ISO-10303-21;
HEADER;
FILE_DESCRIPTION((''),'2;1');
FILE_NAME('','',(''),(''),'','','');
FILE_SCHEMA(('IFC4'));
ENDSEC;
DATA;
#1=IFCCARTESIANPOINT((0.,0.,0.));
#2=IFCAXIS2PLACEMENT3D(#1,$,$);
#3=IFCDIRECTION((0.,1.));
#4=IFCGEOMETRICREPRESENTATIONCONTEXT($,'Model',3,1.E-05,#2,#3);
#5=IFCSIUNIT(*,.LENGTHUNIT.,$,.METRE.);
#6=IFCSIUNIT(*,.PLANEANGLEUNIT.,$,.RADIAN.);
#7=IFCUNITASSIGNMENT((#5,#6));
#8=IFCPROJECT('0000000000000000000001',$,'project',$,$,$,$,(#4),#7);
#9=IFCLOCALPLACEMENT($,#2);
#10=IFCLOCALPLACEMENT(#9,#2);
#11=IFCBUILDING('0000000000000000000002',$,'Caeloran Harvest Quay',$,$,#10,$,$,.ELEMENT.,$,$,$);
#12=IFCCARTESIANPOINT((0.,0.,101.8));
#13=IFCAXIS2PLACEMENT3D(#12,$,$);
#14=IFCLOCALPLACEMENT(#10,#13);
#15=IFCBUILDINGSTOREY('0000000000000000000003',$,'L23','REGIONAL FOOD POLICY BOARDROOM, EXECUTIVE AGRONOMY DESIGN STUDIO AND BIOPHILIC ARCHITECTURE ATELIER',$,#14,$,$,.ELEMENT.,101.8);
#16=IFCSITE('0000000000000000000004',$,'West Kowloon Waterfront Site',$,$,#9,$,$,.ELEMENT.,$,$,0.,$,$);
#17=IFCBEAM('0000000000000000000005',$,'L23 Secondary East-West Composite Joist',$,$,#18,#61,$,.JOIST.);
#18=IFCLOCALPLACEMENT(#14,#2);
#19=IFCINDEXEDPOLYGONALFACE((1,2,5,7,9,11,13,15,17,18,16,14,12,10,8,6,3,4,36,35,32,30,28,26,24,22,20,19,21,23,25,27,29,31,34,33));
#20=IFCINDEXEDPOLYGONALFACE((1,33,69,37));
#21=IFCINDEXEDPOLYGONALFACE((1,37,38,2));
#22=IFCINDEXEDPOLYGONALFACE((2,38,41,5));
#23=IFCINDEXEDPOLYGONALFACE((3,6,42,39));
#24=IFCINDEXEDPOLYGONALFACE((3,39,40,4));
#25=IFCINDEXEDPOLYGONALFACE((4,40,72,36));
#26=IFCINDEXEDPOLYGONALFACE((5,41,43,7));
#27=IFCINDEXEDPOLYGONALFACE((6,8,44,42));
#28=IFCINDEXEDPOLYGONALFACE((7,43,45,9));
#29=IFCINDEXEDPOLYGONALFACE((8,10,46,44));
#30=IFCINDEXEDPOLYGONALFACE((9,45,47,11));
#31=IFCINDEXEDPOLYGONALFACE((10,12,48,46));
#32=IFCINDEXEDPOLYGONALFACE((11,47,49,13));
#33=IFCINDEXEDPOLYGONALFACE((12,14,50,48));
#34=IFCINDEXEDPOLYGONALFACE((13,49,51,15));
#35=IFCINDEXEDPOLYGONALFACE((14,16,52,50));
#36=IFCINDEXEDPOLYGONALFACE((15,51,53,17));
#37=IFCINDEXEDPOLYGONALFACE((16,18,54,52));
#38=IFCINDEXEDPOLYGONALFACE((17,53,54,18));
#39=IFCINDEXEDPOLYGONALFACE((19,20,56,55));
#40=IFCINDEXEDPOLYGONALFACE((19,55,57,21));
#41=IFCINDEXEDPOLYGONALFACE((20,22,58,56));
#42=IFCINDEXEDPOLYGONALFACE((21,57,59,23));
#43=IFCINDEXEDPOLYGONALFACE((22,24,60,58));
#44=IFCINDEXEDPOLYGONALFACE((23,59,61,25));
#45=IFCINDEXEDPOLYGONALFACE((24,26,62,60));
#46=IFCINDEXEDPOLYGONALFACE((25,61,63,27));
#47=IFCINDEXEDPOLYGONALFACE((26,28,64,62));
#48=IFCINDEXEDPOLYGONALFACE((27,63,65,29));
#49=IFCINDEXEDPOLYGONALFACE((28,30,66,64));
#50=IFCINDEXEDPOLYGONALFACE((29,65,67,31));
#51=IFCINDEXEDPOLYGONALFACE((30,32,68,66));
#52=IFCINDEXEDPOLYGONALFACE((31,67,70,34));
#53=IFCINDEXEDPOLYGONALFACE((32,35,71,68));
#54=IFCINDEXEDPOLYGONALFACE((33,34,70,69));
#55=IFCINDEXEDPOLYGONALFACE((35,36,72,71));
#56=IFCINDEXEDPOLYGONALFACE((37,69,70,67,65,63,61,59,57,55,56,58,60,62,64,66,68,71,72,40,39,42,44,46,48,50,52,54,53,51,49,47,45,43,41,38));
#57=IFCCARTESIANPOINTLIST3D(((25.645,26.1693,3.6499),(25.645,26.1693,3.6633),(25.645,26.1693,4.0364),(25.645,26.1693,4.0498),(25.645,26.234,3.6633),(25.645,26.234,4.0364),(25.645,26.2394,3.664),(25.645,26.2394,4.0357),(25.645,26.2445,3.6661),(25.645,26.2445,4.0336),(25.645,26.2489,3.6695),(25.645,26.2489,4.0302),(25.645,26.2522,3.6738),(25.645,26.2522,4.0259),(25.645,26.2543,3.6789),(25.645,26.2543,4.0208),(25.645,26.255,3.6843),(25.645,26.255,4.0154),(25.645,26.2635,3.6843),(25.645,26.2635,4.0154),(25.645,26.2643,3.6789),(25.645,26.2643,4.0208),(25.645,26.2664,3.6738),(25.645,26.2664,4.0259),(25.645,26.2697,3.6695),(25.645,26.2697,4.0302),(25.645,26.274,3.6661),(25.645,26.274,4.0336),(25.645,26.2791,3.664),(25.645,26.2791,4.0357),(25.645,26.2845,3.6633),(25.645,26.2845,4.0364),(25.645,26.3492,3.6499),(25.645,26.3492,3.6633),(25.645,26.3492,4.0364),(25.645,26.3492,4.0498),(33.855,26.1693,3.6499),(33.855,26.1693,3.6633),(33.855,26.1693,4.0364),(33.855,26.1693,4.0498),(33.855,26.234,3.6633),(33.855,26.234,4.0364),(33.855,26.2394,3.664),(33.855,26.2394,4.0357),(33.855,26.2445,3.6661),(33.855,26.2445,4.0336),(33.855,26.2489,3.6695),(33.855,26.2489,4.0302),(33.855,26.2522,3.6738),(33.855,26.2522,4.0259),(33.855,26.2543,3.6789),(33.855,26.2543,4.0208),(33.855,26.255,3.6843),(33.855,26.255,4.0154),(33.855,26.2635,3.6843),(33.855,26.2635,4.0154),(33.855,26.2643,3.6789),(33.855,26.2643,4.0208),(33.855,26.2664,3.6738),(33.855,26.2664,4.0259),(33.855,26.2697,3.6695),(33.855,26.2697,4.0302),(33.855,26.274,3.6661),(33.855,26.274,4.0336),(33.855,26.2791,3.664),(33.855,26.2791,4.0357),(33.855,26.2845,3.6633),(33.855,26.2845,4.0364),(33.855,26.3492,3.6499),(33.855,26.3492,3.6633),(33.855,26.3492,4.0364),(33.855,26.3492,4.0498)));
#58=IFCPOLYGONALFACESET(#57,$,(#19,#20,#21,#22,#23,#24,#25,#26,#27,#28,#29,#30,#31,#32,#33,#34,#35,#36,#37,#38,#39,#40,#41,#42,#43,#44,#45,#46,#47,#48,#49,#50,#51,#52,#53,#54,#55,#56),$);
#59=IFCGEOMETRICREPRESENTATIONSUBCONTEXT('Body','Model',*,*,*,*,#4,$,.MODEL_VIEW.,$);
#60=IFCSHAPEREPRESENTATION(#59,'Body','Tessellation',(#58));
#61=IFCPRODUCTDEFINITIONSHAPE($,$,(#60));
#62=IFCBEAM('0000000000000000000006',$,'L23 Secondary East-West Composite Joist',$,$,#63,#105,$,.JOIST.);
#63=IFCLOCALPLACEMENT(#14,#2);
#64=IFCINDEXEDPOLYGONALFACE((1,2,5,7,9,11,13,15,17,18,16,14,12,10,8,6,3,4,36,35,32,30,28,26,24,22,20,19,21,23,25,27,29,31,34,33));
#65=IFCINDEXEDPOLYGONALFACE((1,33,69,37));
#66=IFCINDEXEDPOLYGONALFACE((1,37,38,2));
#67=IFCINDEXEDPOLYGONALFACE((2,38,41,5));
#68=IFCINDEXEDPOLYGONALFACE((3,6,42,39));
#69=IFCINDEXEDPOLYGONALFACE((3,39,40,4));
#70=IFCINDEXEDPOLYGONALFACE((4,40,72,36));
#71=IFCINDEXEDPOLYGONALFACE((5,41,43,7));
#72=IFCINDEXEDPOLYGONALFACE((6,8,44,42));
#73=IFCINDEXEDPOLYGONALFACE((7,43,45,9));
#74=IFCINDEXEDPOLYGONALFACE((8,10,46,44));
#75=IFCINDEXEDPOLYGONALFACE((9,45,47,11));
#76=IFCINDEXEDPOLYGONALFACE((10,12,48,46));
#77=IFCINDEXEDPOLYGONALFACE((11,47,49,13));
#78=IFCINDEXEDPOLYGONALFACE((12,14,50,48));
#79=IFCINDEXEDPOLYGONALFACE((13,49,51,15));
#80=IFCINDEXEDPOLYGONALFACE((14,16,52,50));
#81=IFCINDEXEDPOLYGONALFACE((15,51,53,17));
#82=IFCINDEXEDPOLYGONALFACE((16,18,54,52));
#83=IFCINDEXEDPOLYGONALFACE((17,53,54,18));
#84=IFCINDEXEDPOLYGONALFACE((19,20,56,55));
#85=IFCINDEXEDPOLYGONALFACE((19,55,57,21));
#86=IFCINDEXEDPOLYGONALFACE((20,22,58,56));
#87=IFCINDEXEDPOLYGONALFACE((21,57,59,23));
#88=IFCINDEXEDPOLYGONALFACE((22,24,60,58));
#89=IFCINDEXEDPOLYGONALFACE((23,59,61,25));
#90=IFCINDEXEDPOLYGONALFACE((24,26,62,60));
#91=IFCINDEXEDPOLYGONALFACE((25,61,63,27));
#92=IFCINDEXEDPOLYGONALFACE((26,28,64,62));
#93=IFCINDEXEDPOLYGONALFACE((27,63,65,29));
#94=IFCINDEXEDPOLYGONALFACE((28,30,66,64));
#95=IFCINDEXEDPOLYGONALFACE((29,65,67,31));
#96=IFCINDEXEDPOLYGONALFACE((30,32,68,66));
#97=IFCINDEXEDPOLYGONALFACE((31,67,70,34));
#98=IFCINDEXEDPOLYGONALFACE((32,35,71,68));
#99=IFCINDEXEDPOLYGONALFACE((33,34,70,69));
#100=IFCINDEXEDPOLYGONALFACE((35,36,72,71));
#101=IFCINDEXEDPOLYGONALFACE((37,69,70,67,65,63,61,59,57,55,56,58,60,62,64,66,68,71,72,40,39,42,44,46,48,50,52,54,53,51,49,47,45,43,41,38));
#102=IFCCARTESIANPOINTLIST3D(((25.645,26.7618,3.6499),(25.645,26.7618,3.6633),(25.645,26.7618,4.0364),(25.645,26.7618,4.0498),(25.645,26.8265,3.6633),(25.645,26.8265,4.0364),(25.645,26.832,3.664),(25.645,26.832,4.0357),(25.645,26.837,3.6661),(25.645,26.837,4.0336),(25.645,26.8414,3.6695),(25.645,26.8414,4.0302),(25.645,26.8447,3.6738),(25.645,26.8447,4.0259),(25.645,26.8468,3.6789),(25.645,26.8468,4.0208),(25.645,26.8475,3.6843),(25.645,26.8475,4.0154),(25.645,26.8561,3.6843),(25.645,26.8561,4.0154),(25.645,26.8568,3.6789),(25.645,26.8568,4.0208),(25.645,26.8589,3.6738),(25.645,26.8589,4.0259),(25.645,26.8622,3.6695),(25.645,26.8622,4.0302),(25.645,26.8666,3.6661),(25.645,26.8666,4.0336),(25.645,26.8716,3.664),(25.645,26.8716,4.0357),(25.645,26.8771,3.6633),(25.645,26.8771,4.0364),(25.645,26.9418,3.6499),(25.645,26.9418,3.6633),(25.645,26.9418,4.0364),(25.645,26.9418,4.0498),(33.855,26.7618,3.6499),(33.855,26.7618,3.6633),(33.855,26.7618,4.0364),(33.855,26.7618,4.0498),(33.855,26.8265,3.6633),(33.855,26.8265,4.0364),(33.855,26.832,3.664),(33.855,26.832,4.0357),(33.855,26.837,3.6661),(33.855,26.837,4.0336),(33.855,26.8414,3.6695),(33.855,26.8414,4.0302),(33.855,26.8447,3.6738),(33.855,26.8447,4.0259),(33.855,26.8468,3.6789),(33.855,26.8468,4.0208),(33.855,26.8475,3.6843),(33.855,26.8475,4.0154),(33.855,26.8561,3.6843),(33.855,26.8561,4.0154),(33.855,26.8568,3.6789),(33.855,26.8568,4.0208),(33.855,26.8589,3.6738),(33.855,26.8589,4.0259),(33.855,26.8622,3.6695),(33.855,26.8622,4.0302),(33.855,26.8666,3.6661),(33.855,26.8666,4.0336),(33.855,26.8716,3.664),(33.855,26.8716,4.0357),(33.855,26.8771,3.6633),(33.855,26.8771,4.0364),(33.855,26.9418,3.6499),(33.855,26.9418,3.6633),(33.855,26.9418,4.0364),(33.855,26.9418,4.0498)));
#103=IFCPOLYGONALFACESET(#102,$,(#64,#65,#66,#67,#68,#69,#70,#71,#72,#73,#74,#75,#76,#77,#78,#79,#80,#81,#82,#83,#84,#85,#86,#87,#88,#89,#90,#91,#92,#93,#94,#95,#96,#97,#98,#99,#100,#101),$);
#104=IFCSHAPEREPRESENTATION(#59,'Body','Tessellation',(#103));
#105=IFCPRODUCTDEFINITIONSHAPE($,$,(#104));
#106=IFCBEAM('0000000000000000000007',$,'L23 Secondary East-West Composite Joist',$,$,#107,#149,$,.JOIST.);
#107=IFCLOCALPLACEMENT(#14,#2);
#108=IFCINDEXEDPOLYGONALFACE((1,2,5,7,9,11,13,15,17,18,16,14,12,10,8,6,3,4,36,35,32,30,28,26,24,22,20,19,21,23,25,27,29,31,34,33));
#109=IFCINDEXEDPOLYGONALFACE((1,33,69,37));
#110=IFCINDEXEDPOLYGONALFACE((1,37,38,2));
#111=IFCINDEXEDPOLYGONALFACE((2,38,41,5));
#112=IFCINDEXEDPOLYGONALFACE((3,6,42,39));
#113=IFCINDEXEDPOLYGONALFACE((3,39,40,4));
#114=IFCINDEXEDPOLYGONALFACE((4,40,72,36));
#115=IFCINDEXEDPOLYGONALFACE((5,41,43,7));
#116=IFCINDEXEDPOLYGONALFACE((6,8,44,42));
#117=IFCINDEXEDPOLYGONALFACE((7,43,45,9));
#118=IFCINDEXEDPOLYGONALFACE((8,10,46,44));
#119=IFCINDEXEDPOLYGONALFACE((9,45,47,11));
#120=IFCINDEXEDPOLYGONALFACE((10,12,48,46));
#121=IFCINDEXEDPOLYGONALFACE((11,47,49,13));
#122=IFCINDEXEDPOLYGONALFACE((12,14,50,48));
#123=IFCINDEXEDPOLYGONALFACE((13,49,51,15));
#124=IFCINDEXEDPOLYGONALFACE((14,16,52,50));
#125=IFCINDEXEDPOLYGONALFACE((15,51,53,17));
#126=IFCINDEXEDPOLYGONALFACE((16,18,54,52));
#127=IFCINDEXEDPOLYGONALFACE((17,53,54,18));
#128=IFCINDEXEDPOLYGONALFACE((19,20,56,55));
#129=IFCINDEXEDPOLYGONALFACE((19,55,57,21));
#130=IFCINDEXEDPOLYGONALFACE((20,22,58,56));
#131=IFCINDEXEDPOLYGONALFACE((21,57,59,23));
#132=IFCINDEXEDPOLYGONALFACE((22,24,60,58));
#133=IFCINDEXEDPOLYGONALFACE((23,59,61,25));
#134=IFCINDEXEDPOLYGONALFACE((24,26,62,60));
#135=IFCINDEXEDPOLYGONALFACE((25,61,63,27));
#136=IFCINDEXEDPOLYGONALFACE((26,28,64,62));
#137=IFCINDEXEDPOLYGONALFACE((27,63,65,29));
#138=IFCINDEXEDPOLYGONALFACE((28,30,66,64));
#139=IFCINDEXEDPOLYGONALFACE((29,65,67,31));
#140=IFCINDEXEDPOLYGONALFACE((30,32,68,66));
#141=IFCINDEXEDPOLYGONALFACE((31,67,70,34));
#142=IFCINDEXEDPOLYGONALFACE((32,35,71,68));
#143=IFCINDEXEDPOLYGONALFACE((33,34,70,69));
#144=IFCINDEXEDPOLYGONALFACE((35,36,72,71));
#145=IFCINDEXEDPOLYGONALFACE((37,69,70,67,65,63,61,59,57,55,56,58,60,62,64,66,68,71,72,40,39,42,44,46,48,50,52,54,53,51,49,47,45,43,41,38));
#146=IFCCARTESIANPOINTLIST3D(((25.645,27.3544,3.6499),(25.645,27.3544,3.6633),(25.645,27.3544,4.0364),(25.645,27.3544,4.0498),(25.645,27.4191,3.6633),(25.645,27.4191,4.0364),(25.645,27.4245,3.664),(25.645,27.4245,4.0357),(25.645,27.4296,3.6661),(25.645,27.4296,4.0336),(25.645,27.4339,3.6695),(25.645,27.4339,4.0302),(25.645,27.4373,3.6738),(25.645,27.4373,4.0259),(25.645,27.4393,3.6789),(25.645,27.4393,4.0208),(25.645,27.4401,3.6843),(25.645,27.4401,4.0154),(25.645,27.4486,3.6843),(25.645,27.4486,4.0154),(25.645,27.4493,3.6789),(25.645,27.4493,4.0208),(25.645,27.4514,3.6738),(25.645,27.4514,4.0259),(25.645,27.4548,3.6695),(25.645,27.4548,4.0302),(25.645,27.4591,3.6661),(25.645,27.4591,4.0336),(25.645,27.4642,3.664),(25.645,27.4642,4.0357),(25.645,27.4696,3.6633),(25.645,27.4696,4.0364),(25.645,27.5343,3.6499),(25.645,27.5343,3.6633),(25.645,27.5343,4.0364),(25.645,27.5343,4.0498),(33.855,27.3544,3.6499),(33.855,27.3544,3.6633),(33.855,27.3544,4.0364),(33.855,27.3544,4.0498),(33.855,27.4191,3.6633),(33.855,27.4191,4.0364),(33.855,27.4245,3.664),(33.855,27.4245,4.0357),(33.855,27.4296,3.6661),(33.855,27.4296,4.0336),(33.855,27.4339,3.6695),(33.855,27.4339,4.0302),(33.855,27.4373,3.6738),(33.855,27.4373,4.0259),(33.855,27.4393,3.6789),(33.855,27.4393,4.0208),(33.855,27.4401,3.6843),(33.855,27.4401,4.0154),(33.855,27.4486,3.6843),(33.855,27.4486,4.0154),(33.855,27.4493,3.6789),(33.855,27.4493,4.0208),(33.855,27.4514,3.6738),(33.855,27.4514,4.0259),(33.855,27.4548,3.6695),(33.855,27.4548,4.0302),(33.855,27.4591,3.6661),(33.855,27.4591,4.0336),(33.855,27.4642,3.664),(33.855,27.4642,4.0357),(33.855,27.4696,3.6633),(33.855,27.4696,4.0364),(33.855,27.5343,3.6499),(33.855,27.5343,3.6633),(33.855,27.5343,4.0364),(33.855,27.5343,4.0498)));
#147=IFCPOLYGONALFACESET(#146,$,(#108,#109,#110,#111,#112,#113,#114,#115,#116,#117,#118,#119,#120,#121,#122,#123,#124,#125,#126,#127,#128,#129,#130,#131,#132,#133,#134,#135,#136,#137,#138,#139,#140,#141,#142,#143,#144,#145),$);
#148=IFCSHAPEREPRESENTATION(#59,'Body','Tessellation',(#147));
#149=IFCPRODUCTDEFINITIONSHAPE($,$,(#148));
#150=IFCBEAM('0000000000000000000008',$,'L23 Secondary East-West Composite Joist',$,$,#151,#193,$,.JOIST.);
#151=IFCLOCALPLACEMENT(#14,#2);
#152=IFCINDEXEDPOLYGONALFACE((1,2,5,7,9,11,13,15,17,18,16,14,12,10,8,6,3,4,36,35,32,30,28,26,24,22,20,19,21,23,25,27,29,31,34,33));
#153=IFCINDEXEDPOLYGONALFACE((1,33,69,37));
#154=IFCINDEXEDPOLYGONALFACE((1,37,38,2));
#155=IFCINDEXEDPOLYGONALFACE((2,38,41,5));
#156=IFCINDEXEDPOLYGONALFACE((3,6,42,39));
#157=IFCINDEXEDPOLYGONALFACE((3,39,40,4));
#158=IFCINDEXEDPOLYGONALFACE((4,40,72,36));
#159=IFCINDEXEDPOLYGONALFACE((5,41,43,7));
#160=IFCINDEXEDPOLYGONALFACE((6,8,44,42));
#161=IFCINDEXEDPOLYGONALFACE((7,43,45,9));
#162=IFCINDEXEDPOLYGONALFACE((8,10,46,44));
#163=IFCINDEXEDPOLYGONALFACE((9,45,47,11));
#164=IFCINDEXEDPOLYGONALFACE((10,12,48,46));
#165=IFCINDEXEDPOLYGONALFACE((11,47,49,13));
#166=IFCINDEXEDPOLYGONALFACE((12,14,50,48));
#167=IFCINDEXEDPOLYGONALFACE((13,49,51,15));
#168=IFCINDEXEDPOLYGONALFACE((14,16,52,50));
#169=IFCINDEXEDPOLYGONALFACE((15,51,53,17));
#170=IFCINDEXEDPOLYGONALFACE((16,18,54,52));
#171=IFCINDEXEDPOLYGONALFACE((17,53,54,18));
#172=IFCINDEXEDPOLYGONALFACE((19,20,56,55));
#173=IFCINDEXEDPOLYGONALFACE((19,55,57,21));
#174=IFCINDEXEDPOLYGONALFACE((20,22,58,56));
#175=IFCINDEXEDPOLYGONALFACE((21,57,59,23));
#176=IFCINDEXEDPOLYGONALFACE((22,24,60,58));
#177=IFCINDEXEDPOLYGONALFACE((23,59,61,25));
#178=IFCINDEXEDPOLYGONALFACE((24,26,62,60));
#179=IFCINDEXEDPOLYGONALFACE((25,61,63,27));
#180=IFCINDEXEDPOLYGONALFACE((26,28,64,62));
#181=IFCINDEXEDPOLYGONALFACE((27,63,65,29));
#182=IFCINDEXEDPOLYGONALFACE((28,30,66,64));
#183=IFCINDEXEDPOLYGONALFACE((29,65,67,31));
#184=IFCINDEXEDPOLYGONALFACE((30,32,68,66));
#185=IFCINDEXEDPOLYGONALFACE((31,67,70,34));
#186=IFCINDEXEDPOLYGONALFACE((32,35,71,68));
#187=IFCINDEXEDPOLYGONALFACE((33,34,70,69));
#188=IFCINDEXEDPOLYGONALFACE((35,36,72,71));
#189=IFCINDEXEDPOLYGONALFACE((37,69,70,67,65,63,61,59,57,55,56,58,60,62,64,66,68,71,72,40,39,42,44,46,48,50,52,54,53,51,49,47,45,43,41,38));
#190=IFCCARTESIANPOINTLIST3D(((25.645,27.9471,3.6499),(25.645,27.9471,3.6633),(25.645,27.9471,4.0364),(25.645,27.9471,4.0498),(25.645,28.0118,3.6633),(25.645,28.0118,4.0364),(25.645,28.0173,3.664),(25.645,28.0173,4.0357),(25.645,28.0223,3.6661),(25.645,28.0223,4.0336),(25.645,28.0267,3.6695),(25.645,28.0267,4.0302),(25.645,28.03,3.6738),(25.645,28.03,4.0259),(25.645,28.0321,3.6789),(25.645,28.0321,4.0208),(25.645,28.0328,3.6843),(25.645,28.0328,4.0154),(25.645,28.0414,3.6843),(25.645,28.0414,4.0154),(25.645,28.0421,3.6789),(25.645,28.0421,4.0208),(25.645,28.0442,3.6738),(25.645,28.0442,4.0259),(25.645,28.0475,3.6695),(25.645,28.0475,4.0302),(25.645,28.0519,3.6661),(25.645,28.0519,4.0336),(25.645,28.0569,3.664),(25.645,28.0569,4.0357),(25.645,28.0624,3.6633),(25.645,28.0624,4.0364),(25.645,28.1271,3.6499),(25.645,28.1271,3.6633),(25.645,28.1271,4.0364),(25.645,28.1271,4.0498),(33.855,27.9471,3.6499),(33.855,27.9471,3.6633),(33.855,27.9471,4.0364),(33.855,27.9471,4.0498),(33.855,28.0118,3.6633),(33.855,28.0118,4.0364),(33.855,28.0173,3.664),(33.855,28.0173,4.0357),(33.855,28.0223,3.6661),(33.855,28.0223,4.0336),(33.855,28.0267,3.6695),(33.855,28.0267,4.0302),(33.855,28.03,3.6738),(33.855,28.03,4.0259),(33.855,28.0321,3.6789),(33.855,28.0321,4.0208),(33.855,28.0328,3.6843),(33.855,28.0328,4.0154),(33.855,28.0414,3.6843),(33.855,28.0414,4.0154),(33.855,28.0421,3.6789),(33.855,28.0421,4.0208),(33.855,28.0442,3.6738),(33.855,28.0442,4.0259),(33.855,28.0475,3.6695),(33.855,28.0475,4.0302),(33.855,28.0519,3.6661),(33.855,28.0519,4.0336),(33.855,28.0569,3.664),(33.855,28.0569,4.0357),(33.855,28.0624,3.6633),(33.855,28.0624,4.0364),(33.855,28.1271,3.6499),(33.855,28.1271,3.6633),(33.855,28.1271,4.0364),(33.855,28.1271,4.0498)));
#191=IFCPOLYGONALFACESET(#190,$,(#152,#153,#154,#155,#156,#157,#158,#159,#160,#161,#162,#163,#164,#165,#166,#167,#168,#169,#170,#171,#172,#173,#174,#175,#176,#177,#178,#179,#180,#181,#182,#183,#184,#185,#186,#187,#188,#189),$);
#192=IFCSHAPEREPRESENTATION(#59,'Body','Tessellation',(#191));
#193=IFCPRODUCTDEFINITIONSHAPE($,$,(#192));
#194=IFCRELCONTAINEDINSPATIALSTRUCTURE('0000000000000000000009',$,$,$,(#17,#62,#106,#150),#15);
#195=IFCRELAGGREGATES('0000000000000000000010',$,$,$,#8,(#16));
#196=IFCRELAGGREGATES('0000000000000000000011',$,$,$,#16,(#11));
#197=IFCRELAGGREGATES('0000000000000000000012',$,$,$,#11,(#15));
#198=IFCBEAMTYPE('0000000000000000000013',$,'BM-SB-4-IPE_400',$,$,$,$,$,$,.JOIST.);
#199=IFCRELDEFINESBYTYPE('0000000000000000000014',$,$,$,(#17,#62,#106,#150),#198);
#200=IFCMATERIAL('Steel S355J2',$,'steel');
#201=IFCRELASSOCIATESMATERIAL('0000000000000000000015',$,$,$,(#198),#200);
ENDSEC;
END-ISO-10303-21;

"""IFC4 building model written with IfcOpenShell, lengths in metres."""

from ifc_helpers import new_model, si_unit, direction, frame, origin, origin_2d, place, context, subcontext, project, spatial, i_section, extrude, material, material_profile, profile_set, type_object, element, save


model = new_model("IFC4")

# Units and contexts
model_context = context("Model", 3, precision=1e-05, world=origin(), true_north=direction((0.0, 1.0)))
body_context = subcontext(model_context, "Body", "Model", "MODEL_VIEW")
ifc_project = project(units=[si_unit("LENGTHUNIT", "METRE"), si_unit("PLANEANGLEUNIT", "RADIAN")], contexts=[model_context])

# Site, building, storey
site_placement = place(None, origin())
site = spatial("IfcSite", under=ifc_project, at=site_placement, Name="West Kowloon Waterfront Site", CompositionType="ELEMENT", RefElevation=0.0)
building_placement = place(site_placement, origin())
building = spatial("IfcBuilding", under=site, at=building_placement, Name="Caeloran Harvest Quay", CompositionType="ELEMENT")
storey_placement = place(building_placement, frame((0.0, 0.0, 101.8)))
storey = spatial("IfcBuildingStorey", under=building, at=storey_placement, Name="L23", Description="REGIONAL FOOD POLICY BOARDROOM, EXECUTIVE AGRONOMY DESIGN STUDIO AND BIOPHILIC ARCHITECTURE ATELIER", CompositionType="ELEMENT", Elevation=101.8)

# Beams
ifc_material_1 = material(Name="Steel S355J2", Category="steel")
ifc_material_profile_1 = material_profile(ifc_material_1, i_section(OverallWidth=0.1799, OverallDepth=0.3999, WebThickness=0.0085, FlangeThickness=0.0134, FilletRadius=0.021, at=origin_2d()), Name="IPE 400")
ifc_profile_set_1 = profile_set([ifc_material_profile_1], Name="Steel S355J2")
beam_type_1 = type_object("IfcBeamType", Name="BM-SB-4-IPE_400", PredefinedType="JOIST", material=ifc_profile_set_1)
for number, where, z_axis, x_axis, name in (
    (1, (25.645, 26.2593, 3.8499), (1.0, 0.0, 0.0), (0.0, 1.0, 0.0), "L23 Secondary East-West Composite Joist"),
    (2, (25.645, 26.8518, 3.8499), (1.0, 0.0, 0.0), (0.0, 1.0, 0.0), "L23 Secondary East-West Composite Joist"),
    (3, (25.645, 27.4443, 3.8499), (1.0, 0.0, 0.0), (0.0, 1.0, 0.0), "L23 Secondary East-West Composite Joist"),
    (4, (25.645, 28.0371, 3.8499), (1.0, 0.0, 0.0), (0.0, 1.0, 0.0), "L23 Secondary East-West Composite Joist"),
):
    element("IfcBeam", number, at=place(storey_placement, frame(where, z_axis=z_axis, x_axis=x_axis)), inside=storey, type_object=beam_type_1, Name=name, PredefinedType="JOIST", context=body_context, shape_type="SweptSolid", body=[
        extrude(i_section(OverallWidth=0.1799, OverallDepth=0.3999, WebThickness=0.0085, FlangeThickness=0.0134, FilletRadius=0.021, at=origin_2d()), origin(), (0.0, 0.0, 1.0), 8.21),
    ])

save(model, "model.ifc")
